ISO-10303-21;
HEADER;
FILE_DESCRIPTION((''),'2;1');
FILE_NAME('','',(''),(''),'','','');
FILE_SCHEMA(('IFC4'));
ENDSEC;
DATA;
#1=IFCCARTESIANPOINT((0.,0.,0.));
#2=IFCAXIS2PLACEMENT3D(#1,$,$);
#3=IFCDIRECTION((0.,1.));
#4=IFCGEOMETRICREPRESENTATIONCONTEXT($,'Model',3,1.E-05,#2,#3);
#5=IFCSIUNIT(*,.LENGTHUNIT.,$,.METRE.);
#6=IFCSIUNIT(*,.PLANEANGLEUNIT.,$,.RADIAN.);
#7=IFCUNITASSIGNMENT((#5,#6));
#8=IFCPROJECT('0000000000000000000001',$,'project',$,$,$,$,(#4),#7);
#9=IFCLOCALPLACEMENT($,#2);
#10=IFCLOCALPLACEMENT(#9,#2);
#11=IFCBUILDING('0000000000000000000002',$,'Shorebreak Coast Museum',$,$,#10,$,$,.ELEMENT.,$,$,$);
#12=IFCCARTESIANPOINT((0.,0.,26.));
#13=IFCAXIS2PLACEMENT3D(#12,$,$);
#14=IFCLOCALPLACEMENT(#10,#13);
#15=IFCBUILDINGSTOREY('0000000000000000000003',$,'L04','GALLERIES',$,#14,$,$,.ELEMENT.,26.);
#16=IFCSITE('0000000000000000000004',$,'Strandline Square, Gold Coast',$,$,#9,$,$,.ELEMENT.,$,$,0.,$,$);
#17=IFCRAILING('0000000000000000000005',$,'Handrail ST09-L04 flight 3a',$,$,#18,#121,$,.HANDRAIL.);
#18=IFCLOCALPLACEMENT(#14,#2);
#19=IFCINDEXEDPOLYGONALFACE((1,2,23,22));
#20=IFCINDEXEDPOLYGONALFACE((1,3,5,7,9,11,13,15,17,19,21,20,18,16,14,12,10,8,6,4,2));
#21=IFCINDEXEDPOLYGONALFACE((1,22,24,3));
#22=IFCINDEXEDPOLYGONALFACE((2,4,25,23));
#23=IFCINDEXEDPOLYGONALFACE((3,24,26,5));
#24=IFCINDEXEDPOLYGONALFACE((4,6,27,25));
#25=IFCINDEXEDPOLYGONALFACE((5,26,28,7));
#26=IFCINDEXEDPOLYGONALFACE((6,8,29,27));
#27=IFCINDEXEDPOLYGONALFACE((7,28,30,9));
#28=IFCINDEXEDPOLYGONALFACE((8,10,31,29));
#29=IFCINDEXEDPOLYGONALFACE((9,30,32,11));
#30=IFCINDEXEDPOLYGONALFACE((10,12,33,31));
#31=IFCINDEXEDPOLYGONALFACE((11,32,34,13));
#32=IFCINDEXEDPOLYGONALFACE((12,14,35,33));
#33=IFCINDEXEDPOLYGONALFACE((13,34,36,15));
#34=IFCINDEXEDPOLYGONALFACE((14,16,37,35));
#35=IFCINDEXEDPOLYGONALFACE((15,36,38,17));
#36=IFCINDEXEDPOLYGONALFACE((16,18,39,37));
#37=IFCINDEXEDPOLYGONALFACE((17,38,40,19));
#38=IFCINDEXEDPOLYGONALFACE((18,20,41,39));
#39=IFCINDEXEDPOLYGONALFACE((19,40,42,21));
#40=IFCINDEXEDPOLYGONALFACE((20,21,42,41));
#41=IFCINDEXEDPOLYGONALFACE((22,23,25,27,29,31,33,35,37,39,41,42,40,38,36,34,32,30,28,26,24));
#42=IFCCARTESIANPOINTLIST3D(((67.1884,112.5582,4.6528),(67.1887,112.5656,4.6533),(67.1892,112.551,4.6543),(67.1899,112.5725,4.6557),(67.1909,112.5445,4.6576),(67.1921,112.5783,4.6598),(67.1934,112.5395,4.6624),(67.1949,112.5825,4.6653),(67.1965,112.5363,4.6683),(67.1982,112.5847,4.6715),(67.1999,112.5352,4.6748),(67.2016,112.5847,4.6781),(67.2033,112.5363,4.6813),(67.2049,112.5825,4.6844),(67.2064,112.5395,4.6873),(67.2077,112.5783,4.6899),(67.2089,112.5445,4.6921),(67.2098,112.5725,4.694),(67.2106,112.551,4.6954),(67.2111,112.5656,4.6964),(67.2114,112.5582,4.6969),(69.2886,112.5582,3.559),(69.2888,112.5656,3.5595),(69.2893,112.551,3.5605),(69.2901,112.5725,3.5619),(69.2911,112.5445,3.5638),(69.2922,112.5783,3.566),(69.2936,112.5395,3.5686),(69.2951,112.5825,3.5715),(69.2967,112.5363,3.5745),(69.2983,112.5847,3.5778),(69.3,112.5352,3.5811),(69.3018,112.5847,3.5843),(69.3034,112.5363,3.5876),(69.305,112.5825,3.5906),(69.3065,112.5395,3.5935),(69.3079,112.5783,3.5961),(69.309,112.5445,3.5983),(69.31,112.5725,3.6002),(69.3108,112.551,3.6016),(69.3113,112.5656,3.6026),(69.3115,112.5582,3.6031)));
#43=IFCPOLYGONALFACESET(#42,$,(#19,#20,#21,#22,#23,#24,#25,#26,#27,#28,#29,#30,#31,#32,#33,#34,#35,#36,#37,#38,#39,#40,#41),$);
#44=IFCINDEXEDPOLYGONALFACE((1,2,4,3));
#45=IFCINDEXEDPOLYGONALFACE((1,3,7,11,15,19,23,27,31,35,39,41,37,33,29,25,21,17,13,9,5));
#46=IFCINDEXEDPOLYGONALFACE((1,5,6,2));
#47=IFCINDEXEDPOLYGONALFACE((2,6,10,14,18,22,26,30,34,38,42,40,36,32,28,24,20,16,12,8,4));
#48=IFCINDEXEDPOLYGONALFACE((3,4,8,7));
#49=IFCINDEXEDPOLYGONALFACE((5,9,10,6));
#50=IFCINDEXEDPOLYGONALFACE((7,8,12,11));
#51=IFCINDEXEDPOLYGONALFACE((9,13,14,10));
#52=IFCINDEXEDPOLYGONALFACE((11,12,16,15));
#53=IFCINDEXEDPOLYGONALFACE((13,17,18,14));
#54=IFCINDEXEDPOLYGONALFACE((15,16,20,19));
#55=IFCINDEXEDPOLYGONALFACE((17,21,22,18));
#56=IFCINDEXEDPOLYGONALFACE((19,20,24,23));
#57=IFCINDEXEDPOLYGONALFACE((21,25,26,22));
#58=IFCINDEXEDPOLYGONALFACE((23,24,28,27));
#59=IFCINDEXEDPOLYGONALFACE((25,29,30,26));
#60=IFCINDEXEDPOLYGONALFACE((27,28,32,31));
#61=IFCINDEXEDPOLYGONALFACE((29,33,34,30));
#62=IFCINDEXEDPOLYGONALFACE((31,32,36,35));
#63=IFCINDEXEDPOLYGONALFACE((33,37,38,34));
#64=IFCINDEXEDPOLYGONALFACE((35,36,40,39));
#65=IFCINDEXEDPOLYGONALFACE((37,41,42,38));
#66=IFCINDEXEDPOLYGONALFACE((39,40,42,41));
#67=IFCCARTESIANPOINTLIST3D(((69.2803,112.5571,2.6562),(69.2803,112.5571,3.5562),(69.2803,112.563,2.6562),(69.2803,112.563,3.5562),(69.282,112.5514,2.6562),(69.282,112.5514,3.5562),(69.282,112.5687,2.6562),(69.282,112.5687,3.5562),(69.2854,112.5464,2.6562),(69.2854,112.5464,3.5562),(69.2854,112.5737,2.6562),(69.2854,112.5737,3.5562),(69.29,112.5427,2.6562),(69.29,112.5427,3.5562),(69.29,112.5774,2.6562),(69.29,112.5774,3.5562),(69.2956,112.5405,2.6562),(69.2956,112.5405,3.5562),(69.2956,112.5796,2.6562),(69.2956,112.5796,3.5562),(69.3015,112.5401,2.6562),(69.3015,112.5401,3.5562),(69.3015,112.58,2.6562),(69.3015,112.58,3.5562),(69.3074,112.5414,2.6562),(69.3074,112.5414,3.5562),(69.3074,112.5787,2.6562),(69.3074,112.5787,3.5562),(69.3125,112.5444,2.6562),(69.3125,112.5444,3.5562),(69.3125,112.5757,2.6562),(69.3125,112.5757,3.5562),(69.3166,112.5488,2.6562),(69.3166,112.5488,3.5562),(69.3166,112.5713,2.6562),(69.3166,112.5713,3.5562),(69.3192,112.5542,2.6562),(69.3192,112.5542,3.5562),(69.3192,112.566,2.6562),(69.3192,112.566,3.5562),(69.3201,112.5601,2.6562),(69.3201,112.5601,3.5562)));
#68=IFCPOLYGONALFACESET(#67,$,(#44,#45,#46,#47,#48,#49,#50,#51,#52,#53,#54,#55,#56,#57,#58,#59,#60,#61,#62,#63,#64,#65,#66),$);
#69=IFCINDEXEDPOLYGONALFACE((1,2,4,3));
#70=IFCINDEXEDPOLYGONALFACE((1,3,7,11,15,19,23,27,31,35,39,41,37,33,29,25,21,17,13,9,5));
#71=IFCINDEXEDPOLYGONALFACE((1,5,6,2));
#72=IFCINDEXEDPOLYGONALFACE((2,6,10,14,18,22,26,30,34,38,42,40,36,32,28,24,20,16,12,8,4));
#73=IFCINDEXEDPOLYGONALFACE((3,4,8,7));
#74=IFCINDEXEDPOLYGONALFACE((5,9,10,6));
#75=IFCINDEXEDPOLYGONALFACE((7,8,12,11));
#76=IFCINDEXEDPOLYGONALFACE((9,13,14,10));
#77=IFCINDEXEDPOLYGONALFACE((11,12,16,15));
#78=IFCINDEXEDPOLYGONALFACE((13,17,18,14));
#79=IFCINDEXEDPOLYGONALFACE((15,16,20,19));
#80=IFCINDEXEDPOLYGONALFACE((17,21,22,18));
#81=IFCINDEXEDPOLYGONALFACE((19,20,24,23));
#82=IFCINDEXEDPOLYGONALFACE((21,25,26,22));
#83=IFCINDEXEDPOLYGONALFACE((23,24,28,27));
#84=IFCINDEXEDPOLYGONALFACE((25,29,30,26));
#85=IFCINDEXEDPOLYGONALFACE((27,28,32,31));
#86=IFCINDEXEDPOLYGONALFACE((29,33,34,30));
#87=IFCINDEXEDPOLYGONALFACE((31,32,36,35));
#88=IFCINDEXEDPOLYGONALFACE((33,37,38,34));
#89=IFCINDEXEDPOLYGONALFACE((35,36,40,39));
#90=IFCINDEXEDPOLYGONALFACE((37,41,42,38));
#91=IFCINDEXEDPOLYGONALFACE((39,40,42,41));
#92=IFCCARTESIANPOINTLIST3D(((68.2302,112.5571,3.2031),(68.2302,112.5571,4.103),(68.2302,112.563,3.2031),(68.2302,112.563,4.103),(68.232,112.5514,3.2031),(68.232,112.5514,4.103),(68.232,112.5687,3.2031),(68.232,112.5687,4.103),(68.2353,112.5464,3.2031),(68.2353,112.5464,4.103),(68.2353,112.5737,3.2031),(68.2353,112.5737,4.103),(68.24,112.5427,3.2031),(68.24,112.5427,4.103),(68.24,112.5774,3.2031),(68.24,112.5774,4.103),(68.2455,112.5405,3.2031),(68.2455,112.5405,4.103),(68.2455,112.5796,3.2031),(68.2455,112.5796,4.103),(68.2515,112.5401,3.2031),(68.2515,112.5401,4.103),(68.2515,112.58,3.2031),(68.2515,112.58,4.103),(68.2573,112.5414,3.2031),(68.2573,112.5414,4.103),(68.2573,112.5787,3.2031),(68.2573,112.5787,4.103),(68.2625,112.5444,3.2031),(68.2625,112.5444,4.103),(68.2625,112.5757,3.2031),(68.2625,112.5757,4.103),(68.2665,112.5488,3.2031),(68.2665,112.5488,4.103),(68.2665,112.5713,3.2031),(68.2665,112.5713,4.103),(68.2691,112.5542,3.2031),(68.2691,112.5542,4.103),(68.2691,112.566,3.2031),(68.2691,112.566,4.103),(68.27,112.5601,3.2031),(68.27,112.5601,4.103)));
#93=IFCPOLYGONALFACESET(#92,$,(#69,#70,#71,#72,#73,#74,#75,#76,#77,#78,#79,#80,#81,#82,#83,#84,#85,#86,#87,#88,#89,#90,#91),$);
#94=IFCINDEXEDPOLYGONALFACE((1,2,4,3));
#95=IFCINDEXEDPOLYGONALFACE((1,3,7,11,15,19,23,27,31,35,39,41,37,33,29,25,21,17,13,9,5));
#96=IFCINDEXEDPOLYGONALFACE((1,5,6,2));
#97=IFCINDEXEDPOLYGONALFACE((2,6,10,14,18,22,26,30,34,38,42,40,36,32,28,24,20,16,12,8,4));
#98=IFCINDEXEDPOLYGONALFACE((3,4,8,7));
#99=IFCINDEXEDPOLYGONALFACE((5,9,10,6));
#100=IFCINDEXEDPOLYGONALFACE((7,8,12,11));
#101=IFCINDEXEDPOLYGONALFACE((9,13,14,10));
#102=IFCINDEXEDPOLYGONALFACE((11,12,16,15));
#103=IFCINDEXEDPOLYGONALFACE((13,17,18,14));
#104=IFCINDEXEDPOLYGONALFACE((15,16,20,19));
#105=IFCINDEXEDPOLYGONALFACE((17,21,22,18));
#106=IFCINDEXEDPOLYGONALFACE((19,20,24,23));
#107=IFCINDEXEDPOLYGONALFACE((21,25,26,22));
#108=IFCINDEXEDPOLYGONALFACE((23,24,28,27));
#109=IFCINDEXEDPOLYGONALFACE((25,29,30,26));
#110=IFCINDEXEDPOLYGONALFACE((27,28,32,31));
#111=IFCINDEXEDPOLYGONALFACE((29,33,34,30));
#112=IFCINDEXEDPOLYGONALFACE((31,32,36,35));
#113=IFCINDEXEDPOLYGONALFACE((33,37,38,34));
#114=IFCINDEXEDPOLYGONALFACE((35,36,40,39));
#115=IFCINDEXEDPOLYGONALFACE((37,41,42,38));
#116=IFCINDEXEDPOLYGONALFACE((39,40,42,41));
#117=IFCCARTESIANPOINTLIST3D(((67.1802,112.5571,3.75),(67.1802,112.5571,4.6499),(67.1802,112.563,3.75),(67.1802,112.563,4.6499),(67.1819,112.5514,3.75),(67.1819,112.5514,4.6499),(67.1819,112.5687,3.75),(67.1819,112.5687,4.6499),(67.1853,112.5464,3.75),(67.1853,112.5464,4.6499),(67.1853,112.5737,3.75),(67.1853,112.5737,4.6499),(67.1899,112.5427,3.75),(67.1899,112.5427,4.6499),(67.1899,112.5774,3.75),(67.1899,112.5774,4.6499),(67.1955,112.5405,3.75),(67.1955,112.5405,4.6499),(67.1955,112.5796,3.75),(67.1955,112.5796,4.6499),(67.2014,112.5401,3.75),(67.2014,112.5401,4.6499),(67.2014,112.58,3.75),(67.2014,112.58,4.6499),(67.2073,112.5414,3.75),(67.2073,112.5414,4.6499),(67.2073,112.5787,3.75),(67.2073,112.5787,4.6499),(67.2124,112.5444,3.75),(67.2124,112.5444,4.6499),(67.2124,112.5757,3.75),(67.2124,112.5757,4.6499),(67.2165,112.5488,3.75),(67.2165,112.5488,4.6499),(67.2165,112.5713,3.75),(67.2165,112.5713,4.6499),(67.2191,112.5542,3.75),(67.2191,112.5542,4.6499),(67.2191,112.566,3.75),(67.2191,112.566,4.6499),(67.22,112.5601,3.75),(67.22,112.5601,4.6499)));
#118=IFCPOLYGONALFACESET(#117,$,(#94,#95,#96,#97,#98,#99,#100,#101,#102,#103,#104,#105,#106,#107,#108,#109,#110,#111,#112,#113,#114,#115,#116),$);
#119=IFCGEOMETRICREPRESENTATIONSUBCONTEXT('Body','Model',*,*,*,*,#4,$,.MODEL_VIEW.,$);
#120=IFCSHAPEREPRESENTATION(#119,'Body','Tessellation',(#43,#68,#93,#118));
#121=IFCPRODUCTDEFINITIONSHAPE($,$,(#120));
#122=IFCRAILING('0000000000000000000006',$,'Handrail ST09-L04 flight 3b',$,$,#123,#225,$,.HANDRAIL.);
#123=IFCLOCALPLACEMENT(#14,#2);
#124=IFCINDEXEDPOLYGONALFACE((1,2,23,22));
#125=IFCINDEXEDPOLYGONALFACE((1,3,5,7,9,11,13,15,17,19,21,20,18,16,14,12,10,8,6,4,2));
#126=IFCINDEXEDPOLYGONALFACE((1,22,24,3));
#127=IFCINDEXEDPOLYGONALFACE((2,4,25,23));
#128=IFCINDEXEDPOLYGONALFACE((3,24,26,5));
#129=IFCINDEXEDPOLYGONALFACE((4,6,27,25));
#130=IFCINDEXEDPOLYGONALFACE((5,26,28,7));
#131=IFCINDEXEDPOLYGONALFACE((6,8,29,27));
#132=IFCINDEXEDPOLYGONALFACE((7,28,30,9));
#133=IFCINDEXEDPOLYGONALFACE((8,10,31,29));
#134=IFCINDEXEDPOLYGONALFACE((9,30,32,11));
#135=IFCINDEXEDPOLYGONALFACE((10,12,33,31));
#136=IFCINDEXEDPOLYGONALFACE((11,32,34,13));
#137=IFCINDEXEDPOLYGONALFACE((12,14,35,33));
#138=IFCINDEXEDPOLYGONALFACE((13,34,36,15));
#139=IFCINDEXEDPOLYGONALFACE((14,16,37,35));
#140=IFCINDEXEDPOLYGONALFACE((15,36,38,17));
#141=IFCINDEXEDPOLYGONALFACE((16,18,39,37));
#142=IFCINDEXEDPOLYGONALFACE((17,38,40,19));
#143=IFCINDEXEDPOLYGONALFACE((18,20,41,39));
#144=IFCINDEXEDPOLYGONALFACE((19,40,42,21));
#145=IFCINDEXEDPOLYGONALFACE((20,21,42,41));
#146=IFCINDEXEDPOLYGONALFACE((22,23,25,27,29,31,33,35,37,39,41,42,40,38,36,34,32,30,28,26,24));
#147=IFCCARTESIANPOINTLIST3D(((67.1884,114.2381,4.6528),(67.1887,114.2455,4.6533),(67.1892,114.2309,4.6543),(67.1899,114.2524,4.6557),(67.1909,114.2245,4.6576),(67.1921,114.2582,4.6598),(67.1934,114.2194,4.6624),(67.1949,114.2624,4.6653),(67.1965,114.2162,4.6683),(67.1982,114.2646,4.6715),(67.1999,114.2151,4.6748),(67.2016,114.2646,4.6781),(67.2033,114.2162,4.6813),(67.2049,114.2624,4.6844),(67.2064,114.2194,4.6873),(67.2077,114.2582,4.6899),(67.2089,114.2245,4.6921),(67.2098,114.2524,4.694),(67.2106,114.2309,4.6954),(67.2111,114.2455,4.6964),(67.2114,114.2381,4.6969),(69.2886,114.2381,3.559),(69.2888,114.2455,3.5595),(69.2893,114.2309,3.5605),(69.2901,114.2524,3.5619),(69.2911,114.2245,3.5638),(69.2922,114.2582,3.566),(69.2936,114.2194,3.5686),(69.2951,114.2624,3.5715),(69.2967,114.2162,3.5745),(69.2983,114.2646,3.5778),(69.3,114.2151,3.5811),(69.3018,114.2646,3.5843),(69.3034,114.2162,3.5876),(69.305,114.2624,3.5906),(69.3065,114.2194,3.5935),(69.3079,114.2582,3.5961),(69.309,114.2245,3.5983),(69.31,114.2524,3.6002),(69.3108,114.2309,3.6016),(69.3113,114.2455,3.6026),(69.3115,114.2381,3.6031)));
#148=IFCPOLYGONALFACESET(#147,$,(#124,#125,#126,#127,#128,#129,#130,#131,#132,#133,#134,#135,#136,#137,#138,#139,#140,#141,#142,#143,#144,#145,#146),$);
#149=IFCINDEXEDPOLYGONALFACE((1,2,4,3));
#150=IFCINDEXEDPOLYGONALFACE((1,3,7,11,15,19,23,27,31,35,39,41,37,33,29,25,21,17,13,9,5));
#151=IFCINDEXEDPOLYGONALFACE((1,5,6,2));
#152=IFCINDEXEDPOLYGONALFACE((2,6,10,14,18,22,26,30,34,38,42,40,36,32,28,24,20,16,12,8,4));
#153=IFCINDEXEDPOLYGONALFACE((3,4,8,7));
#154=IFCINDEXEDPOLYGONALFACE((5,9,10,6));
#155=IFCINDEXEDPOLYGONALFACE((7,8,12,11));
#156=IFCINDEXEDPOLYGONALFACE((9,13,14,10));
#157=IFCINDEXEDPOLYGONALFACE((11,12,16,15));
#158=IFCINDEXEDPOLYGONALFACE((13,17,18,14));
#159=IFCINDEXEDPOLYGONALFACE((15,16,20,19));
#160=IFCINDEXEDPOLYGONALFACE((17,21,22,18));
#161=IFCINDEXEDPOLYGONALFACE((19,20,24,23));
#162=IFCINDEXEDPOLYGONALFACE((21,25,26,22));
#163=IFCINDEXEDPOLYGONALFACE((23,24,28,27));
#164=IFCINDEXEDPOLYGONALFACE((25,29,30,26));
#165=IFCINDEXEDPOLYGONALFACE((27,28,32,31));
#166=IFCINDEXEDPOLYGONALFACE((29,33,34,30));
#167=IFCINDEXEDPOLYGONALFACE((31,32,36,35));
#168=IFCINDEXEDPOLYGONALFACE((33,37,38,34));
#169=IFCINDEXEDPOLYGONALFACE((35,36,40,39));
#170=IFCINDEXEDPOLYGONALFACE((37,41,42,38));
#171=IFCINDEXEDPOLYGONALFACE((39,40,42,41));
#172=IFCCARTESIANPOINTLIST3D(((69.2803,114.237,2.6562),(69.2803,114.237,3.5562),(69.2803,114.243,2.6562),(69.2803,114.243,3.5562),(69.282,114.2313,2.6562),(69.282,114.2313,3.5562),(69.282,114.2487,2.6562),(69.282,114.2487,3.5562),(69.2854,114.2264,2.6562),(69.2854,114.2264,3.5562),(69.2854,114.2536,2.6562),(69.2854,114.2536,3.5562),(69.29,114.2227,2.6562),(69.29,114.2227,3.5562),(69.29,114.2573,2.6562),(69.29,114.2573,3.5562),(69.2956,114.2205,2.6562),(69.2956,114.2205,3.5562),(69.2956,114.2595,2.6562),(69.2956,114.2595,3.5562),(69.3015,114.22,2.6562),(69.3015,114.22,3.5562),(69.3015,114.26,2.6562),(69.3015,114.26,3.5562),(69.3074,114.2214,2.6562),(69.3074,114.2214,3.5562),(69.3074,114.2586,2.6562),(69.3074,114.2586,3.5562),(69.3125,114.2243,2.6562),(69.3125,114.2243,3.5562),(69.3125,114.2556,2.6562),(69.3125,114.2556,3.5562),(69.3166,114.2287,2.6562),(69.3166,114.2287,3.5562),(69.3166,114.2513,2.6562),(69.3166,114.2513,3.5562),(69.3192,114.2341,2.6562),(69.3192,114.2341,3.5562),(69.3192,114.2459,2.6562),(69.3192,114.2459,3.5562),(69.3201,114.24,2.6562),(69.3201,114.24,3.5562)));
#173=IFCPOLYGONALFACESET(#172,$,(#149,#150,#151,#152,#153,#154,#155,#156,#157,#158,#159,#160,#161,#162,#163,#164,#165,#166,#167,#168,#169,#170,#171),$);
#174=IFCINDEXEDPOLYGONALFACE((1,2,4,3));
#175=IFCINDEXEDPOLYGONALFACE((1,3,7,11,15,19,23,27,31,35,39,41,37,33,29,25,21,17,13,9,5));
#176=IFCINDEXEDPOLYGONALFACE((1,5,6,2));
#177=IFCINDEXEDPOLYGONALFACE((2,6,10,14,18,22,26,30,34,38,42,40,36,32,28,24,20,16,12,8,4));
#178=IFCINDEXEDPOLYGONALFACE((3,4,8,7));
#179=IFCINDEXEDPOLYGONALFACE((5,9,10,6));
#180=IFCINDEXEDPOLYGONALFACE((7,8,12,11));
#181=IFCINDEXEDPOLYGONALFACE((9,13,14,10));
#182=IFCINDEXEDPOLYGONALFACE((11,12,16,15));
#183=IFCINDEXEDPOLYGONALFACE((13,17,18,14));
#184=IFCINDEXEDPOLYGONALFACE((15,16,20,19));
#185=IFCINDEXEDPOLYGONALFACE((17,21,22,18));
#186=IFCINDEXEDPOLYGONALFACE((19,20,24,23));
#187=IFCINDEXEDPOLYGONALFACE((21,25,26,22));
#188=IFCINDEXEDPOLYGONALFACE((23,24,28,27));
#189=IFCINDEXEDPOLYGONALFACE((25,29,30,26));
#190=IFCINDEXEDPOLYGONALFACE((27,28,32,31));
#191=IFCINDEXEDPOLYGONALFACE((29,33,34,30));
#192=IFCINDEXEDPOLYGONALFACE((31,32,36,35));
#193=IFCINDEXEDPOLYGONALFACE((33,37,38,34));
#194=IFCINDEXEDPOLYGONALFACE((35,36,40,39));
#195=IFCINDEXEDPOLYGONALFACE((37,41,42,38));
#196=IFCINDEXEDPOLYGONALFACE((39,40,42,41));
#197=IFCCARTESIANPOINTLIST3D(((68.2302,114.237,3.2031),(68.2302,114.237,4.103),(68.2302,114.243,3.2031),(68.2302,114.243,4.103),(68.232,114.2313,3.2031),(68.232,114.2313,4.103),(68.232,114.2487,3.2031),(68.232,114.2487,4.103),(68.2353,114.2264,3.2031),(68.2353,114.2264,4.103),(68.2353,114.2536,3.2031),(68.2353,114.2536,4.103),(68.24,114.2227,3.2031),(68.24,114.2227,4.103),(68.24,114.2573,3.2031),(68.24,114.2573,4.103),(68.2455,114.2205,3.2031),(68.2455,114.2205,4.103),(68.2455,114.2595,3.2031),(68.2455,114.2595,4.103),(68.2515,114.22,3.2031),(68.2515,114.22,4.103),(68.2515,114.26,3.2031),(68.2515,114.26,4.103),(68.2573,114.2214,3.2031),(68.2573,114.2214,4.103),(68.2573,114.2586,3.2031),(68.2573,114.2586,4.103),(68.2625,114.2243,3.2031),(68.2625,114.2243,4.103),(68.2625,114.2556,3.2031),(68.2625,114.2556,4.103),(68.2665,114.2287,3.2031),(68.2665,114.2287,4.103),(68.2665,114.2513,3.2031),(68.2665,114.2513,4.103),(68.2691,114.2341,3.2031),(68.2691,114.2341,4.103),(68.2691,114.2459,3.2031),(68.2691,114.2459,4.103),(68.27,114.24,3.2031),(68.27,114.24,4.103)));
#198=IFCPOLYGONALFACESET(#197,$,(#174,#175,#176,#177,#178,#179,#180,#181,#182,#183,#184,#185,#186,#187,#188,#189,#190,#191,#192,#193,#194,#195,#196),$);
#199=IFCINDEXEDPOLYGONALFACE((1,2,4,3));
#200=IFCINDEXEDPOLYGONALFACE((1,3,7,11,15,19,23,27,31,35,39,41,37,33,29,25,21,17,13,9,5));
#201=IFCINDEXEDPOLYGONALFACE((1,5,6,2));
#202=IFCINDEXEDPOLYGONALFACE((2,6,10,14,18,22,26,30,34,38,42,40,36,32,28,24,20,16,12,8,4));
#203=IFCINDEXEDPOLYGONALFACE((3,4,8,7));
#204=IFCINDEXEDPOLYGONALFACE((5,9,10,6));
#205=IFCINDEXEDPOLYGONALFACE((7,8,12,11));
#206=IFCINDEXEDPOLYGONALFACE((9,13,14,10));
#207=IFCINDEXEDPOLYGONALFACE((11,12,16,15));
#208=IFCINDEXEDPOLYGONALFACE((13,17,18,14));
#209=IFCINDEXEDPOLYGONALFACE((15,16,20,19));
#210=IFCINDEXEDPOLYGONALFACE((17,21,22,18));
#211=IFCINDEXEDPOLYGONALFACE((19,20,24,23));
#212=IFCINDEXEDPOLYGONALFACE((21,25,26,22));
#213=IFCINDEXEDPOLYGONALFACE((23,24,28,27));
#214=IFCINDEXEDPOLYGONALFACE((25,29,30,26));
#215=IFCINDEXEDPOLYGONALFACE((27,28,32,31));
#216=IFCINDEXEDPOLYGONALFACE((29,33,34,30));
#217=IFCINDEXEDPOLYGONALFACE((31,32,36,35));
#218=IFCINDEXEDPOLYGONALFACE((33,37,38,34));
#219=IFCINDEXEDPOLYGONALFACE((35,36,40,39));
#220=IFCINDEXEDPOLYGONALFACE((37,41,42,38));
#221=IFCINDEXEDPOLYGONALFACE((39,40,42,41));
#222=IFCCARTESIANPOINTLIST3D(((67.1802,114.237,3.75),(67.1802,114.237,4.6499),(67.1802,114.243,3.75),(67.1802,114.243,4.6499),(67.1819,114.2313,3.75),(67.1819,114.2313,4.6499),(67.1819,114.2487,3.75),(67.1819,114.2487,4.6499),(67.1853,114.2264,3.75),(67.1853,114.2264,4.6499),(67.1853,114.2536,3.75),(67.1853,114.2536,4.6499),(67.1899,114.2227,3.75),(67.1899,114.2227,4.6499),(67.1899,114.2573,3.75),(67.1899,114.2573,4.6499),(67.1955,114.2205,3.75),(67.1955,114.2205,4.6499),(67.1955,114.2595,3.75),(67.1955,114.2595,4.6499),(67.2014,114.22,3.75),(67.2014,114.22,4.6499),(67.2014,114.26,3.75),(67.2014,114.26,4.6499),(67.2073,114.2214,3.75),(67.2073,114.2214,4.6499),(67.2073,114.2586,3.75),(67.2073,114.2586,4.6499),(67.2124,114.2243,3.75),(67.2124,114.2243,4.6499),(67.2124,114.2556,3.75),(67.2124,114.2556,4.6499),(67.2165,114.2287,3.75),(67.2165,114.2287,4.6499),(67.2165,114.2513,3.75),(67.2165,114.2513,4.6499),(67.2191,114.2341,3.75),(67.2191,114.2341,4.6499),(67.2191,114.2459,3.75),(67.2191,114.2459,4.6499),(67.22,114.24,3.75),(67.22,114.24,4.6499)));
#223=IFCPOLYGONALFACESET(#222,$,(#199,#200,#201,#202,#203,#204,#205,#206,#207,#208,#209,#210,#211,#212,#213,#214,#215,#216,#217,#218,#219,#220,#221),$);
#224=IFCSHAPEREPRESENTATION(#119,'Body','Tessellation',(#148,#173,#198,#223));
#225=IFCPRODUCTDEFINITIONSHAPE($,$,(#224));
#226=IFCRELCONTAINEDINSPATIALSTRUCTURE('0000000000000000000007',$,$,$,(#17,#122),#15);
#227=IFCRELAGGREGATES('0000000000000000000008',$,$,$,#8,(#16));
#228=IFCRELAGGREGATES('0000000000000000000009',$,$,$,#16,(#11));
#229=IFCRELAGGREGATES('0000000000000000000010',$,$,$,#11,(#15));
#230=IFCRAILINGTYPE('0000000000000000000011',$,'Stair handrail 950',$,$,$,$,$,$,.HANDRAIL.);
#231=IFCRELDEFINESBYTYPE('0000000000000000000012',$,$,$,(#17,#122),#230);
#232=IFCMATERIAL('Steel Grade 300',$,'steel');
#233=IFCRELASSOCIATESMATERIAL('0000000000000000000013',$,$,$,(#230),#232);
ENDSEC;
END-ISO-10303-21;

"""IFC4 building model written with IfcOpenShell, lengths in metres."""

from ifc_helpers import new_model, si_unit, direction, frame, origin, origin_2d, place, context, subcontext, project, spatial, circle, extrude, material, type_object, element, save


model = new_model("IFC4")

# Units and contexts
model_context = context("Model", 3, precision=1e-05, world=origin(), true_north=direction((0.0, 1.0)))
body_context = subcontext(model_context, "Body", "Model", "MODEL_VIEW")
ifc_project = project(units=[si_unit("LENGTHUNIT", "METRE"), si_unit("PLANEANGLEUNIT", "RADIAN")], contexts=[model_context])

# Site, building, storey
site_placement = place(None, origin())
site = spatial("IfcSite", under=ifc_project, at=site_placement, Name="Strandline Square, Gold Coast", CompositionType="ELEMENT", RefElevation=0.0)
building_placement = place(site_placement, origin())
building = spatial("IfcBuilding", under=site, at=building_placement, Name="Shorebreak Coast Museum", CompositionType="ELEMENT")
storey_placement = place(building_placement, frame((0.0, 0.0, 26.0)))
storey = spatial("IfcBuildingStorey", under=building, at=storey_placement, Name="L04", Description="GALLERIES", CompositionType="ELEMENT", Elevation=26.0)

# Railings
ifc_material_1 = material(Name="Steel Grade 300", Category="steel")
railing_type_1 = type_object("IfcRailingType", Name="Stair handrail 950", PredefinedType="HANDRAIL", material=ifc_material_1)
for number, where, name in (
    (1, (69.3, 112.5601, 2.6562), "Handrail ST09-L04 flight 3a"),
    (2, (69.3, 114.24, 2.6562), "Handrail ST09-L04 flight 3b"),
):
    element("IfcRailing", number, at=place(storey_placement, frame(where)), inside=storey, type_object=railing_type_1, Name=name, PredefinedType="HANDRAIL", context=body_context, shape_type="SweptSolid", body=[
        extrude(circle(Radius=0.0249, at=origin_2d()), frame((0.0, 0.0, 0.9248), z_axis=(-0.886923, 0.0, 0.461918), x_axis=(0.0, -1.0, 0.0)), (0.0, 0.0, 1.0), 2.3679),
        extrude(circle(Radius=0.02, at=origin_2d()), origin(), (0.0, 0.0, 1.0), 0.8999),
        extrude(circle(Radius=0.02, at=origin_2d()), frame((-1.05, 0.0, 0.5469)), (0.0, 0.0, 1.0), 0.8999),
        extrude(circle(Radius=0.02, at=origin_2d()), frame((-2.1001, 0.0, 1.0938)), (0.0, 0.0, 1.0), 0.8999),
    ])

save(model, "model.ifc")
